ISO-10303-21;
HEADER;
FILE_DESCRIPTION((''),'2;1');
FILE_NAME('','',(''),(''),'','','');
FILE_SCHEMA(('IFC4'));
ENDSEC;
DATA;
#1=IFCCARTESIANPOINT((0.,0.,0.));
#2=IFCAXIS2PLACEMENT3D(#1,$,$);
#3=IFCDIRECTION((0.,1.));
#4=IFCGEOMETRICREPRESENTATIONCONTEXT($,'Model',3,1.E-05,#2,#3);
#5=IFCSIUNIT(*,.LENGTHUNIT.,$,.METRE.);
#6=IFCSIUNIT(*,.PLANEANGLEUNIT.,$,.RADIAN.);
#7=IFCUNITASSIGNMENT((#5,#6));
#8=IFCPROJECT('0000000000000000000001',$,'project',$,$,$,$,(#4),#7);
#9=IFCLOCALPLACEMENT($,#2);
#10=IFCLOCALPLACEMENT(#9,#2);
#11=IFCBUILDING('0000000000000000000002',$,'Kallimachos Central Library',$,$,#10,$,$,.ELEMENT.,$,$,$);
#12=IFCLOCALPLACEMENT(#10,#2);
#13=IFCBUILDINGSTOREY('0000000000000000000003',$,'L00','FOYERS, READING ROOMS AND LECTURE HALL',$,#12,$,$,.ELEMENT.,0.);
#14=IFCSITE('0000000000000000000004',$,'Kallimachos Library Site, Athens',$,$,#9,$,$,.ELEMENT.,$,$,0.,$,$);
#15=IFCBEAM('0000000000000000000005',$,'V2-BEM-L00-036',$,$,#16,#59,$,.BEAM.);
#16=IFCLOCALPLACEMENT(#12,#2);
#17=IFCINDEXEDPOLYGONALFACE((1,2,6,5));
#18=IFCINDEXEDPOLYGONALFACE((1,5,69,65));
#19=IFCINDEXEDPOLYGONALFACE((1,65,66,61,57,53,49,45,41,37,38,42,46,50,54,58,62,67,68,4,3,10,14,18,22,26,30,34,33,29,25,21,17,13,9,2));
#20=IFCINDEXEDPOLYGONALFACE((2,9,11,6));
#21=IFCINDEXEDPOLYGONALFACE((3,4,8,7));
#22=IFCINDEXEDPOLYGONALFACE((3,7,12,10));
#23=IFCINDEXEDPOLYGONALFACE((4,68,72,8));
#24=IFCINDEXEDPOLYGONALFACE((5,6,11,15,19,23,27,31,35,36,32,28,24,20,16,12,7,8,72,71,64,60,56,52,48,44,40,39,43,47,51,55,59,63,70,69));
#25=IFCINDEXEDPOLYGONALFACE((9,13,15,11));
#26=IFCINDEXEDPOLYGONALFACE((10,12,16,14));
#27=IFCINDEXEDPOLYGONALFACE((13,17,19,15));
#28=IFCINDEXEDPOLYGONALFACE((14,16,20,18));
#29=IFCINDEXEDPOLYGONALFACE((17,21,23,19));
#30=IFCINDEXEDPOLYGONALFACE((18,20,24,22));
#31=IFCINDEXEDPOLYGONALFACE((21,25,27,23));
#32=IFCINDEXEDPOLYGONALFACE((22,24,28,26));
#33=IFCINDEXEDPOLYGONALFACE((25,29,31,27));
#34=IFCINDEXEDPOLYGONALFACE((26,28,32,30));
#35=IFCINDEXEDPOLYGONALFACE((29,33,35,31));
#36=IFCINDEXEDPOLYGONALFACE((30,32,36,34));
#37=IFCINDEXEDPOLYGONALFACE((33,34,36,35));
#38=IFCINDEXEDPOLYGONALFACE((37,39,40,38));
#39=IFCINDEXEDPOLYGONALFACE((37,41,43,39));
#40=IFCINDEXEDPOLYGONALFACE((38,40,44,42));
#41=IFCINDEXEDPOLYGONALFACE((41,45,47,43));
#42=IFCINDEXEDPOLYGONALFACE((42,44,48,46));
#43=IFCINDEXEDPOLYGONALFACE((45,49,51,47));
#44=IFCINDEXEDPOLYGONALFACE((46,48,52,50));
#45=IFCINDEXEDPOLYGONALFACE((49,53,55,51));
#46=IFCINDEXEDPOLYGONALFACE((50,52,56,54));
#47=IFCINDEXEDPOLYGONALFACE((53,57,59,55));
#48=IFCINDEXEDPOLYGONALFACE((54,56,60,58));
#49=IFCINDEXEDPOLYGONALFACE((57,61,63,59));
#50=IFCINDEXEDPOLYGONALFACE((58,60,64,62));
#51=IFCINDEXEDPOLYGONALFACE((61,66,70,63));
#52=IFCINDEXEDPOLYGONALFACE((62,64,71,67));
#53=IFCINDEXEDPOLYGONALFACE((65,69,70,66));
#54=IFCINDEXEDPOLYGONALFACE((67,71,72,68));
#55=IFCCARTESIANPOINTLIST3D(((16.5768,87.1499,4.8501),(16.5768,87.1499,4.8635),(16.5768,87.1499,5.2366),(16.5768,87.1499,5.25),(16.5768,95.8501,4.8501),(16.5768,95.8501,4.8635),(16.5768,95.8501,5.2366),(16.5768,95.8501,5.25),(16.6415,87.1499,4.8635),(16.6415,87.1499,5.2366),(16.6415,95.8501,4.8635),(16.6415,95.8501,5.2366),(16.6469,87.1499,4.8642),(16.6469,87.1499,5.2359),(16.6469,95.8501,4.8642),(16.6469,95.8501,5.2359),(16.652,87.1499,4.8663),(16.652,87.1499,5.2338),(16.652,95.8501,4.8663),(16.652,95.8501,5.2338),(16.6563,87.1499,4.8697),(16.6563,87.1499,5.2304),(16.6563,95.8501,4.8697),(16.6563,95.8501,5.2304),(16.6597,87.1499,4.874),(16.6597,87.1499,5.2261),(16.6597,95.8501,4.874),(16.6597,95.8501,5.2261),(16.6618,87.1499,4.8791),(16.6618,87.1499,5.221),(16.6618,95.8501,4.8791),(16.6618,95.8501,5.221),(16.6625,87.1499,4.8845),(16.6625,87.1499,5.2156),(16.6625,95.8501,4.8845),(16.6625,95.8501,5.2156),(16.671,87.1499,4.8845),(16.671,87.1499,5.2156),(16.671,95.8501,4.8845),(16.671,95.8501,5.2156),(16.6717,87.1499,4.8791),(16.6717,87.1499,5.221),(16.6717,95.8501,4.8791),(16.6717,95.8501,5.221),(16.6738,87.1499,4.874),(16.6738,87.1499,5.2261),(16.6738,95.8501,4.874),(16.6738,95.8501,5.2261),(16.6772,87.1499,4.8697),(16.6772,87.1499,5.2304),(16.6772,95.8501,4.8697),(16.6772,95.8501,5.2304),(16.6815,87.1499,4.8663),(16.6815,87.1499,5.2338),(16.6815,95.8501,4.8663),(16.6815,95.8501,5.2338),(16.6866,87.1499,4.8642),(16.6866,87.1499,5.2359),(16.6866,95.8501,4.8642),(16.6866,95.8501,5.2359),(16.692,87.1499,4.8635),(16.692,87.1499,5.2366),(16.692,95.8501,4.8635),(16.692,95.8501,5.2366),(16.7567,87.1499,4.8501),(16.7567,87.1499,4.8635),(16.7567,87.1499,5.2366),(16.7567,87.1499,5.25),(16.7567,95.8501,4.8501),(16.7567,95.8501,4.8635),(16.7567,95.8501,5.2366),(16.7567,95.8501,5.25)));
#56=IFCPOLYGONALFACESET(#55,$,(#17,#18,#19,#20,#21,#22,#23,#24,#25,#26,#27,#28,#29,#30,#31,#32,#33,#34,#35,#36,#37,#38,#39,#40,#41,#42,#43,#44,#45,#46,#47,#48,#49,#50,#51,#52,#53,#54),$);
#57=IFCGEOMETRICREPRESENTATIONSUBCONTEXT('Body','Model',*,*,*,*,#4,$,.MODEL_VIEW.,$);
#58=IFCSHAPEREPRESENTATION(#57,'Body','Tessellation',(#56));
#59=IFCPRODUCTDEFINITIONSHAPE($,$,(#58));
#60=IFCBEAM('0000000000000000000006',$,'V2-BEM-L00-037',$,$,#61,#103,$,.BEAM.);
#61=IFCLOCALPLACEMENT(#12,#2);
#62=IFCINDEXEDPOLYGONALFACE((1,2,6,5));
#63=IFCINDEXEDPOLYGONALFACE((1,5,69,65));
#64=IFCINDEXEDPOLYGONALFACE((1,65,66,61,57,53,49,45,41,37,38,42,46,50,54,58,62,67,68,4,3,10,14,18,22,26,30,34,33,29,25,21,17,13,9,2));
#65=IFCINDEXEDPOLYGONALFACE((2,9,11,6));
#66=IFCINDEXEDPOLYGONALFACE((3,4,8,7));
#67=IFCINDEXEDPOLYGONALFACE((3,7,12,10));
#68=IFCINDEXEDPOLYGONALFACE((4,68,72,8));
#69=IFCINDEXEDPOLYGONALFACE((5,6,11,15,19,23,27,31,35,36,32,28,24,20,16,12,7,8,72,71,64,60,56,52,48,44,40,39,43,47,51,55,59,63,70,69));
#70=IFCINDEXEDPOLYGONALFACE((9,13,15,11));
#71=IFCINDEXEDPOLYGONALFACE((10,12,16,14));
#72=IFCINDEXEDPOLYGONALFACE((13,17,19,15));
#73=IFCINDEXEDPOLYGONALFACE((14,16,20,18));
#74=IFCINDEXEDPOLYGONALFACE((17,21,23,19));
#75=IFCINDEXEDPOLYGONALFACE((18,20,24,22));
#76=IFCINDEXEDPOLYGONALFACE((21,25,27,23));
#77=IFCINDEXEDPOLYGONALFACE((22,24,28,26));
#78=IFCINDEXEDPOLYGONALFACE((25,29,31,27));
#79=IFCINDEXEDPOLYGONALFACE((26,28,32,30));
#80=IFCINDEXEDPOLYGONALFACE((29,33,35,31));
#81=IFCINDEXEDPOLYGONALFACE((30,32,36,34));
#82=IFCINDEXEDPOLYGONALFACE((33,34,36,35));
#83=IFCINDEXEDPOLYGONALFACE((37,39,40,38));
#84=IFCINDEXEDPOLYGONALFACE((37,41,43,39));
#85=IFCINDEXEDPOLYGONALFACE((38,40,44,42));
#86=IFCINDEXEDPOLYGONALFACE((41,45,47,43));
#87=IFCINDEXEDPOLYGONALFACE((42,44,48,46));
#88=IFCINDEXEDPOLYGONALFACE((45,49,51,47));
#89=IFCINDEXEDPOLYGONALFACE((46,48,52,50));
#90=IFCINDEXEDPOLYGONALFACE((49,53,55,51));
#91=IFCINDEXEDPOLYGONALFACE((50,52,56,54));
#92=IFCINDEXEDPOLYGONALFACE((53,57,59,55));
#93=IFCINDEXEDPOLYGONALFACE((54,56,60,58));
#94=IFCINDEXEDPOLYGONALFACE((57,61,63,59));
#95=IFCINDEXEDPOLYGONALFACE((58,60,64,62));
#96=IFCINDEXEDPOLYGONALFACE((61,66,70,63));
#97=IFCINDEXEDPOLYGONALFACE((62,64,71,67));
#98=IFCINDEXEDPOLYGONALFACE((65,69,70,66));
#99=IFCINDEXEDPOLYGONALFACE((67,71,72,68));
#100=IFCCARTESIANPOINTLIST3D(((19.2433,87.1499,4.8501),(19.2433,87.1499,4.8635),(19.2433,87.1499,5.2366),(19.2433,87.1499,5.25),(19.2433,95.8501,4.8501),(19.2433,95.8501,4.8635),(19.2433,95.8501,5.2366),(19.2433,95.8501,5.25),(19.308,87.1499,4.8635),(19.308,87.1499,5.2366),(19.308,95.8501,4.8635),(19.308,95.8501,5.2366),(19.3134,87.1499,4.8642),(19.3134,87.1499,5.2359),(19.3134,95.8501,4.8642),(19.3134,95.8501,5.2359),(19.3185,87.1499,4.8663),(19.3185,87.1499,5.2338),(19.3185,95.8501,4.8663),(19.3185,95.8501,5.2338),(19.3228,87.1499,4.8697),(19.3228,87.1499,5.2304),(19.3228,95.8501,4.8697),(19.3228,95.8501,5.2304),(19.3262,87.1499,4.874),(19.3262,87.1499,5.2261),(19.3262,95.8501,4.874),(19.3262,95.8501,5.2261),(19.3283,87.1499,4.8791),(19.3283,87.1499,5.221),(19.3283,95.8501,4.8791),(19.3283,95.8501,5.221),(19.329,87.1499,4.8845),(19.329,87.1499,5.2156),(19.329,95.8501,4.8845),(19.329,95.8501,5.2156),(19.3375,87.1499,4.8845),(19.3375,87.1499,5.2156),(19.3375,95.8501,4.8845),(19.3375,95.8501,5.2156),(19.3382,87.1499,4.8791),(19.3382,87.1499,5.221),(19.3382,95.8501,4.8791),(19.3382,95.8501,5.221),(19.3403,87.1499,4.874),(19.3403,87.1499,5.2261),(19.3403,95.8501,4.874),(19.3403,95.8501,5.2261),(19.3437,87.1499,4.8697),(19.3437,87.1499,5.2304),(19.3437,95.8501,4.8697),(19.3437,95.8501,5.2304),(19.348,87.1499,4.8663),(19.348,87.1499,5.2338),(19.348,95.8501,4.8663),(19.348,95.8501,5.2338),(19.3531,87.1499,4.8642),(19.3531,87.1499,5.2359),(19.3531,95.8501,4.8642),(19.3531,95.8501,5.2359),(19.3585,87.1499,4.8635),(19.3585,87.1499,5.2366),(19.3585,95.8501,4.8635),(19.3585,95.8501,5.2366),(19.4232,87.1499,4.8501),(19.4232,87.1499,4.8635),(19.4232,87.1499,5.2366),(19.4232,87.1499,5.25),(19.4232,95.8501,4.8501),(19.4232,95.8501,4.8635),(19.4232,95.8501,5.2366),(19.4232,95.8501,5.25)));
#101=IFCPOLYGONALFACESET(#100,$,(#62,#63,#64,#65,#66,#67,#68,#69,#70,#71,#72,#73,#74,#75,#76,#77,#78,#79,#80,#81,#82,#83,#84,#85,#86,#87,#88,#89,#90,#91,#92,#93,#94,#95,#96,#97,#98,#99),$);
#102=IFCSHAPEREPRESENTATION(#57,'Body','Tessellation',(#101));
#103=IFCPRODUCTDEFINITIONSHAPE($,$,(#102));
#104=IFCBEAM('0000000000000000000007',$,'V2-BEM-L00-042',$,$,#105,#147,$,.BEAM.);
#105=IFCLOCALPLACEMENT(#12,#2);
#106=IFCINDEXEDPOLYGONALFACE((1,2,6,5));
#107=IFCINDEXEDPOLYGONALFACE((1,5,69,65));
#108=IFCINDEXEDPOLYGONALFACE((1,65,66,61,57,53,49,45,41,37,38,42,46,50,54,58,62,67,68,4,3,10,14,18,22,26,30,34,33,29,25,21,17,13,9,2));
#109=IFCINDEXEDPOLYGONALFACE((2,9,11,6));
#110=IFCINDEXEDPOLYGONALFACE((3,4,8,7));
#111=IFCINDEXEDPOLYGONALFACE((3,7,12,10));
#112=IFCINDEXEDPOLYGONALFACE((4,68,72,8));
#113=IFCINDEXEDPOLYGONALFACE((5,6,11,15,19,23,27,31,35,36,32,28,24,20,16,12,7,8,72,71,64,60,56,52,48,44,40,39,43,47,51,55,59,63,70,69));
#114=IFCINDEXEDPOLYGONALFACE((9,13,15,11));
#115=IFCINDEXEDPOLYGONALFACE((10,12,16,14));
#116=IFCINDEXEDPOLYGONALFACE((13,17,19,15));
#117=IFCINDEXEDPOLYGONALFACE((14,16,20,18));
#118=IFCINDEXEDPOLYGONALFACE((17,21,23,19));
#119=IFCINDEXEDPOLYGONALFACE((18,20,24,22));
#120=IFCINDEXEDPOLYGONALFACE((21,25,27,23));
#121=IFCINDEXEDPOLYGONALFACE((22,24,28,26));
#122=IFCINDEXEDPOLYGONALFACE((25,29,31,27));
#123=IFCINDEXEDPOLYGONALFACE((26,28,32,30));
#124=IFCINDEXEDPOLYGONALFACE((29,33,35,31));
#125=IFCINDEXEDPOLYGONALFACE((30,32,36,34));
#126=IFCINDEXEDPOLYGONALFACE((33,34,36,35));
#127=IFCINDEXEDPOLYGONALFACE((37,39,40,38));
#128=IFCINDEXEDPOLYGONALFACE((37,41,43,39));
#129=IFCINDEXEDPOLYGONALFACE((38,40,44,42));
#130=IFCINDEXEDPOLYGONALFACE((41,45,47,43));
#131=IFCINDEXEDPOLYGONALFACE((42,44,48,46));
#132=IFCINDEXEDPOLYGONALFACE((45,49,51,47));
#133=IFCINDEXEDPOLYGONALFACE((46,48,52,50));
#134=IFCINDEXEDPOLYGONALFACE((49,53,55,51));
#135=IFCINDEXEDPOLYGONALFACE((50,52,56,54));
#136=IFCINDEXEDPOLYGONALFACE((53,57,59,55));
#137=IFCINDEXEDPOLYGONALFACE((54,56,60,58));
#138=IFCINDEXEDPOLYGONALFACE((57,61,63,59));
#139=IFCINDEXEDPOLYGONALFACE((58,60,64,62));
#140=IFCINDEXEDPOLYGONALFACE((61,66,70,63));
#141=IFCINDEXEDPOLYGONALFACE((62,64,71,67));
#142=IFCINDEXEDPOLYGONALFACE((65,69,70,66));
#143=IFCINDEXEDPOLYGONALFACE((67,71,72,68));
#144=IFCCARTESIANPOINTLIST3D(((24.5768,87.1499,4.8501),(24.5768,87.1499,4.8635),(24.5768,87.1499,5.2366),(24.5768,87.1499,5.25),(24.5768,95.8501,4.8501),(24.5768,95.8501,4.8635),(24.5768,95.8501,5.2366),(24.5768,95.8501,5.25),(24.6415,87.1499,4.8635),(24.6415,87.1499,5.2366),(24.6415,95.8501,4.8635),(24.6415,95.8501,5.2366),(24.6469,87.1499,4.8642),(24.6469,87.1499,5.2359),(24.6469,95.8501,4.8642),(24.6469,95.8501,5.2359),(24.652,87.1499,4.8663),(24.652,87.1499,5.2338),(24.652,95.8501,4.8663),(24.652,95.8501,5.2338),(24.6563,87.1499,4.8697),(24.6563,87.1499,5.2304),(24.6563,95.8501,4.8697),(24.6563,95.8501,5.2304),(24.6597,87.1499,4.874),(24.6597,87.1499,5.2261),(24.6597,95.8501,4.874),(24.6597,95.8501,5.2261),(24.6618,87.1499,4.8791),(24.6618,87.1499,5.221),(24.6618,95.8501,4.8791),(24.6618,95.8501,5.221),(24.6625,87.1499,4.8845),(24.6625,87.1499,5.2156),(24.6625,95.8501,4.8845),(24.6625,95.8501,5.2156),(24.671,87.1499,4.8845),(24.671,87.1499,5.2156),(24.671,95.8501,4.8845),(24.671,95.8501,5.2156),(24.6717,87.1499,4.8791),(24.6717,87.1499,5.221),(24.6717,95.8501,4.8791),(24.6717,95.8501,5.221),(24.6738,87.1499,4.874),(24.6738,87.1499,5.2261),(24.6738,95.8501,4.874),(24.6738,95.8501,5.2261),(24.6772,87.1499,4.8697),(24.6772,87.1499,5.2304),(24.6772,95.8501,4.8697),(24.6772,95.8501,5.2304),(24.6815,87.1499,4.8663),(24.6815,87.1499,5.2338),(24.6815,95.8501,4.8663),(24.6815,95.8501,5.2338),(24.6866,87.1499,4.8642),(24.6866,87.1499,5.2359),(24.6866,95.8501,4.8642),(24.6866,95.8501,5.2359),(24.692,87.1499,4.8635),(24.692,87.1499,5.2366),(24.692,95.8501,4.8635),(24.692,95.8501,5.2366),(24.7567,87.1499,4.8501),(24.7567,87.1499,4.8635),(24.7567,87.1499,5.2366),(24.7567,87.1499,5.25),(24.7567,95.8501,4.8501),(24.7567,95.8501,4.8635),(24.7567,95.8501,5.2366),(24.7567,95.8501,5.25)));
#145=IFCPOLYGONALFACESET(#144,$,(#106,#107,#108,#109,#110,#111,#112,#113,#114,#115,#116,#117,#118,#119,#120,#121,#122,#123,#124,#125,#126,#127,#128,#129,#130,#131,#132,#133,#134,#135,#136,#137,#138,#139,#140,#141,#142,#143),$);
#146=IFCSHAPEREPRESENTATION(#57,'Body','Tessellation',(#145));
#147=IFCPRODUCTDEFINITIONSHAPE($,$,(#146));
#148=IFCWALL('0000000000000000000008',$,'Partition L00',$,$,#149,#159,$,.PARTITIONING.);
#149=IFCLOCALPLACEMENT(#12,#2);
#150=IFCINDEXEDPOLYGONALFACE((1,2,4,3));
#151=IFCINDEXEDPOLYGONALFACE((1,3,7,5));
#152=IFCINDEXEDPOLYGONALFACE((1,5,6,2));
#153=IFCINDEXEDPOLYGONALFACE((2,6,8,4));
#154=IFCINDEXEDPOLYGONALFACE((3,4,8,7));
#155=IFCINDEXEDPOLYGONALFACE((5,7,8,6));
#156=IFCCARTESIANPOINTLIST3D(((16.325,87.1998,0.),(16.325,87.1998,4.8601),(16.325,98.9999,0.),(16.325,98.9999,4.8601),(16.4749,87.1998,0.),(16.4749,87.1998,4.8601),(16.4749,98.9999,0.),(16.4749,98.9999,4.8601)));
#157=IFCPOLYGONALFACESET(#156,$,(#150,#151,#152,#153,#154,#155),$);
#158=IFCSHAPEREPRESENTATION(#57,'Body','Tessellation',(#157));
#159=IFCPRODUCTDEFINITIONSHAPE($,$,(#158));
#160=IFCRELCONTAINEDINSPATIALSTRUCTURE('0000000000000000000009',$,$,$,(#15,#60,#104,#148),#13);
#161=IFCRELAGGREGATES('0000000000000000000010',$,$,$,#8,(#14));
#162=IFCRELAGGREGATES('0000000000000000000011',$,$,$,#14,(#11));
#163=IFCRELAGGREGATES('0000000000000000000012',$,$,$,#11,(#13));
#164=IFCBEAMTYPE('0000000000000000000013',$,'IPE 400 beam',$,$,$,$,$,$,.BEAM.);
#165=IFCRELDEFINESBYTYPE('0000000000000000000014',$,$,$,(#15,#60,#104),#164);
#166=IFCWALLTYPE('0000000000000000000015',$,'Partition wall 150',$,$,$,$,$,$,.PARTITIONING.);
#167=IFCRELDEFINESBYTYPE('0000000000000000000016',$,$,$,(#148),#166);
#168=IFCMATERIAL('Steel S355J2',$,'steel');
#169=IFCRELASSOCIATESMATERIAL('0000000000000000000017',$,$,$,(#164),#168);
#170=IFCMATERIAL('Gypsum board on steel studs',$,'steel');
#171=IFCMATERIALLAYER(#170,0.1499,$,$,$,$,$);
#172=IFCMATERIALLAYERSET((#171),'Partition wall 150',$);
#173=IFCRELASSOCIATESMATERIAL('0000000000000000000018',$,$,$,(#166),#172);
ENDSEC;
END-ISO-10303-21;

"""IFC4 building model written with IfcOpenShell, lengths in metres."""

from ifc_helpers import new_model, si_unit, direction, frame, frame_2d, origin, origin_2d, place, context, subcontext, project, spatial, rectangle, i_section, extrude, material, layer, layer_set, material_profile, profile_set, type_object, element, save


model = new_model("IFC4")

# Units and contexts
model_context = context("Model", 3, precision=1e-05, world=origin(), true_north=direction((0.0, 1.0)))
body_context = subcontext(model_context, "Body", "Model", "MODEL_VIEW")
ifc_project = project(units=[si_unit("LENGTHUNIT", "METRE"), si_unit("PLANEANGLEUNIT", "RADIAN")], contexts=[model_context])

# Site, building, storey
site_placement = place(None, origin())
site = spatial("IfcSite", under=ifc_project, at=site_placement, Name="Kallimachos Library Site, Athens", CompositionType="ELEMENT", RefElevation=0.0)
building_placement = place(site_placement, origin())
building = spatial("IfcBuilding", under=site, at=building_placement, Name="Kallimachos Central Library", CompositionType="ELEMENT")
storey_placement = place(building_placement, origin())
storey = spatial("IfcBuildingStorey", under=building, at=storey_placement, Name="L00", Description="FOYERS, READING ROOMS AND LECTURE HALL", CompositionType="ELEMENT", Elevation=0.0)

# Beams
ifc_material_1 = material(Name="Steel S355J2", Category="steel")
ifc_material_profile_1 = material_profile(ifc_material_1, i_section(OverallWidth=0.1799, OverallDepth=0.3999, WebThickness=0.0085, FlangeThickness=0.0134, FilletRadius=0.021, at=origin_2d()), Name="IPE 400")
ifc_profile_set_1 = profile_set([ifc_material_profile_1], Name="Steel S355J2")
beam_type_1 = type_object("IfcBeamType", Name="IPE 400 beam", PredefinedType="BEAM", material=ifc_profile_set_1)
for number, where, z_axis, x_axis, name in (
    (1, (16.6667, 87.1499, 5.05), (0.0, 1.0, 0.0), (-1.0, 0.0, 0.0), "V2-BEM-L00-036"),
    (2, (19.3333, 87.1499, 5.05), (0.0, 1.0, 0.0), (-1.0, 0.0, 0.0), "V2-BEM-L00-037"),
    (3, (24.6667, 87.1499, 5.05), (0.0, 1.0, 0.0), (-1.0, 0.0, 0.0), "V2-BEM-L00-042"),
):
    element("IfcBeam", number, at=place(storey_placement, frame(where, z_axis=z_axis, x_axis=x_axis)), inside=storey, type_object=beam_type_1, Name=name, PredefinedType="BEAM", context=body_context, shape_type="SweptSolid", body=[
        extrude(i_section(OverallWidth=0.1799, OverallDepth=0.3999, WebThickness=0.0085, FlangeThickness=0.0134, FilletRadius=0.021, at=origin_2d()), origin(), (0.0, 0.0, 1.0), 8.7002),
    ])

# Wall
ifc_material_2 = material(Name="Gypsum board on steel studs", Category="steel")
ifc_layer_1 = layer(ifc_material_2, 0.1499)
ifc_layer_set_1 = layer_set([ifc_layer_1], Name="Partition wall 150")
wall_type_1 = type_object("IfcWallType", Name="Partition wall 150", PredefinedType="PARTITIONING", material=ifc_layer_set_1)
wall_1_placement = place(storey_placement, frame((16.3999, 87.2, 0.0), z_axis=(0.0, 0.0, 1.0), x_axis=(0.0, 1.0, 0.0)))
element("IfcWall", 4, at=wall_1_placement, inside=storey, type_object=wall_type_1, Name="Partition L00", PredefinedType="PARTITIONING", context=body_context, shape_type="SweptSolid", body=[
    extrude(rectangle(XDim=11.8, YDim=0.1499, at=frame_2d((5.8999, 0.0))), origin(), (0.0, 0.0, 1.0), 4.8601),
])

save(model, "model.ifc")
